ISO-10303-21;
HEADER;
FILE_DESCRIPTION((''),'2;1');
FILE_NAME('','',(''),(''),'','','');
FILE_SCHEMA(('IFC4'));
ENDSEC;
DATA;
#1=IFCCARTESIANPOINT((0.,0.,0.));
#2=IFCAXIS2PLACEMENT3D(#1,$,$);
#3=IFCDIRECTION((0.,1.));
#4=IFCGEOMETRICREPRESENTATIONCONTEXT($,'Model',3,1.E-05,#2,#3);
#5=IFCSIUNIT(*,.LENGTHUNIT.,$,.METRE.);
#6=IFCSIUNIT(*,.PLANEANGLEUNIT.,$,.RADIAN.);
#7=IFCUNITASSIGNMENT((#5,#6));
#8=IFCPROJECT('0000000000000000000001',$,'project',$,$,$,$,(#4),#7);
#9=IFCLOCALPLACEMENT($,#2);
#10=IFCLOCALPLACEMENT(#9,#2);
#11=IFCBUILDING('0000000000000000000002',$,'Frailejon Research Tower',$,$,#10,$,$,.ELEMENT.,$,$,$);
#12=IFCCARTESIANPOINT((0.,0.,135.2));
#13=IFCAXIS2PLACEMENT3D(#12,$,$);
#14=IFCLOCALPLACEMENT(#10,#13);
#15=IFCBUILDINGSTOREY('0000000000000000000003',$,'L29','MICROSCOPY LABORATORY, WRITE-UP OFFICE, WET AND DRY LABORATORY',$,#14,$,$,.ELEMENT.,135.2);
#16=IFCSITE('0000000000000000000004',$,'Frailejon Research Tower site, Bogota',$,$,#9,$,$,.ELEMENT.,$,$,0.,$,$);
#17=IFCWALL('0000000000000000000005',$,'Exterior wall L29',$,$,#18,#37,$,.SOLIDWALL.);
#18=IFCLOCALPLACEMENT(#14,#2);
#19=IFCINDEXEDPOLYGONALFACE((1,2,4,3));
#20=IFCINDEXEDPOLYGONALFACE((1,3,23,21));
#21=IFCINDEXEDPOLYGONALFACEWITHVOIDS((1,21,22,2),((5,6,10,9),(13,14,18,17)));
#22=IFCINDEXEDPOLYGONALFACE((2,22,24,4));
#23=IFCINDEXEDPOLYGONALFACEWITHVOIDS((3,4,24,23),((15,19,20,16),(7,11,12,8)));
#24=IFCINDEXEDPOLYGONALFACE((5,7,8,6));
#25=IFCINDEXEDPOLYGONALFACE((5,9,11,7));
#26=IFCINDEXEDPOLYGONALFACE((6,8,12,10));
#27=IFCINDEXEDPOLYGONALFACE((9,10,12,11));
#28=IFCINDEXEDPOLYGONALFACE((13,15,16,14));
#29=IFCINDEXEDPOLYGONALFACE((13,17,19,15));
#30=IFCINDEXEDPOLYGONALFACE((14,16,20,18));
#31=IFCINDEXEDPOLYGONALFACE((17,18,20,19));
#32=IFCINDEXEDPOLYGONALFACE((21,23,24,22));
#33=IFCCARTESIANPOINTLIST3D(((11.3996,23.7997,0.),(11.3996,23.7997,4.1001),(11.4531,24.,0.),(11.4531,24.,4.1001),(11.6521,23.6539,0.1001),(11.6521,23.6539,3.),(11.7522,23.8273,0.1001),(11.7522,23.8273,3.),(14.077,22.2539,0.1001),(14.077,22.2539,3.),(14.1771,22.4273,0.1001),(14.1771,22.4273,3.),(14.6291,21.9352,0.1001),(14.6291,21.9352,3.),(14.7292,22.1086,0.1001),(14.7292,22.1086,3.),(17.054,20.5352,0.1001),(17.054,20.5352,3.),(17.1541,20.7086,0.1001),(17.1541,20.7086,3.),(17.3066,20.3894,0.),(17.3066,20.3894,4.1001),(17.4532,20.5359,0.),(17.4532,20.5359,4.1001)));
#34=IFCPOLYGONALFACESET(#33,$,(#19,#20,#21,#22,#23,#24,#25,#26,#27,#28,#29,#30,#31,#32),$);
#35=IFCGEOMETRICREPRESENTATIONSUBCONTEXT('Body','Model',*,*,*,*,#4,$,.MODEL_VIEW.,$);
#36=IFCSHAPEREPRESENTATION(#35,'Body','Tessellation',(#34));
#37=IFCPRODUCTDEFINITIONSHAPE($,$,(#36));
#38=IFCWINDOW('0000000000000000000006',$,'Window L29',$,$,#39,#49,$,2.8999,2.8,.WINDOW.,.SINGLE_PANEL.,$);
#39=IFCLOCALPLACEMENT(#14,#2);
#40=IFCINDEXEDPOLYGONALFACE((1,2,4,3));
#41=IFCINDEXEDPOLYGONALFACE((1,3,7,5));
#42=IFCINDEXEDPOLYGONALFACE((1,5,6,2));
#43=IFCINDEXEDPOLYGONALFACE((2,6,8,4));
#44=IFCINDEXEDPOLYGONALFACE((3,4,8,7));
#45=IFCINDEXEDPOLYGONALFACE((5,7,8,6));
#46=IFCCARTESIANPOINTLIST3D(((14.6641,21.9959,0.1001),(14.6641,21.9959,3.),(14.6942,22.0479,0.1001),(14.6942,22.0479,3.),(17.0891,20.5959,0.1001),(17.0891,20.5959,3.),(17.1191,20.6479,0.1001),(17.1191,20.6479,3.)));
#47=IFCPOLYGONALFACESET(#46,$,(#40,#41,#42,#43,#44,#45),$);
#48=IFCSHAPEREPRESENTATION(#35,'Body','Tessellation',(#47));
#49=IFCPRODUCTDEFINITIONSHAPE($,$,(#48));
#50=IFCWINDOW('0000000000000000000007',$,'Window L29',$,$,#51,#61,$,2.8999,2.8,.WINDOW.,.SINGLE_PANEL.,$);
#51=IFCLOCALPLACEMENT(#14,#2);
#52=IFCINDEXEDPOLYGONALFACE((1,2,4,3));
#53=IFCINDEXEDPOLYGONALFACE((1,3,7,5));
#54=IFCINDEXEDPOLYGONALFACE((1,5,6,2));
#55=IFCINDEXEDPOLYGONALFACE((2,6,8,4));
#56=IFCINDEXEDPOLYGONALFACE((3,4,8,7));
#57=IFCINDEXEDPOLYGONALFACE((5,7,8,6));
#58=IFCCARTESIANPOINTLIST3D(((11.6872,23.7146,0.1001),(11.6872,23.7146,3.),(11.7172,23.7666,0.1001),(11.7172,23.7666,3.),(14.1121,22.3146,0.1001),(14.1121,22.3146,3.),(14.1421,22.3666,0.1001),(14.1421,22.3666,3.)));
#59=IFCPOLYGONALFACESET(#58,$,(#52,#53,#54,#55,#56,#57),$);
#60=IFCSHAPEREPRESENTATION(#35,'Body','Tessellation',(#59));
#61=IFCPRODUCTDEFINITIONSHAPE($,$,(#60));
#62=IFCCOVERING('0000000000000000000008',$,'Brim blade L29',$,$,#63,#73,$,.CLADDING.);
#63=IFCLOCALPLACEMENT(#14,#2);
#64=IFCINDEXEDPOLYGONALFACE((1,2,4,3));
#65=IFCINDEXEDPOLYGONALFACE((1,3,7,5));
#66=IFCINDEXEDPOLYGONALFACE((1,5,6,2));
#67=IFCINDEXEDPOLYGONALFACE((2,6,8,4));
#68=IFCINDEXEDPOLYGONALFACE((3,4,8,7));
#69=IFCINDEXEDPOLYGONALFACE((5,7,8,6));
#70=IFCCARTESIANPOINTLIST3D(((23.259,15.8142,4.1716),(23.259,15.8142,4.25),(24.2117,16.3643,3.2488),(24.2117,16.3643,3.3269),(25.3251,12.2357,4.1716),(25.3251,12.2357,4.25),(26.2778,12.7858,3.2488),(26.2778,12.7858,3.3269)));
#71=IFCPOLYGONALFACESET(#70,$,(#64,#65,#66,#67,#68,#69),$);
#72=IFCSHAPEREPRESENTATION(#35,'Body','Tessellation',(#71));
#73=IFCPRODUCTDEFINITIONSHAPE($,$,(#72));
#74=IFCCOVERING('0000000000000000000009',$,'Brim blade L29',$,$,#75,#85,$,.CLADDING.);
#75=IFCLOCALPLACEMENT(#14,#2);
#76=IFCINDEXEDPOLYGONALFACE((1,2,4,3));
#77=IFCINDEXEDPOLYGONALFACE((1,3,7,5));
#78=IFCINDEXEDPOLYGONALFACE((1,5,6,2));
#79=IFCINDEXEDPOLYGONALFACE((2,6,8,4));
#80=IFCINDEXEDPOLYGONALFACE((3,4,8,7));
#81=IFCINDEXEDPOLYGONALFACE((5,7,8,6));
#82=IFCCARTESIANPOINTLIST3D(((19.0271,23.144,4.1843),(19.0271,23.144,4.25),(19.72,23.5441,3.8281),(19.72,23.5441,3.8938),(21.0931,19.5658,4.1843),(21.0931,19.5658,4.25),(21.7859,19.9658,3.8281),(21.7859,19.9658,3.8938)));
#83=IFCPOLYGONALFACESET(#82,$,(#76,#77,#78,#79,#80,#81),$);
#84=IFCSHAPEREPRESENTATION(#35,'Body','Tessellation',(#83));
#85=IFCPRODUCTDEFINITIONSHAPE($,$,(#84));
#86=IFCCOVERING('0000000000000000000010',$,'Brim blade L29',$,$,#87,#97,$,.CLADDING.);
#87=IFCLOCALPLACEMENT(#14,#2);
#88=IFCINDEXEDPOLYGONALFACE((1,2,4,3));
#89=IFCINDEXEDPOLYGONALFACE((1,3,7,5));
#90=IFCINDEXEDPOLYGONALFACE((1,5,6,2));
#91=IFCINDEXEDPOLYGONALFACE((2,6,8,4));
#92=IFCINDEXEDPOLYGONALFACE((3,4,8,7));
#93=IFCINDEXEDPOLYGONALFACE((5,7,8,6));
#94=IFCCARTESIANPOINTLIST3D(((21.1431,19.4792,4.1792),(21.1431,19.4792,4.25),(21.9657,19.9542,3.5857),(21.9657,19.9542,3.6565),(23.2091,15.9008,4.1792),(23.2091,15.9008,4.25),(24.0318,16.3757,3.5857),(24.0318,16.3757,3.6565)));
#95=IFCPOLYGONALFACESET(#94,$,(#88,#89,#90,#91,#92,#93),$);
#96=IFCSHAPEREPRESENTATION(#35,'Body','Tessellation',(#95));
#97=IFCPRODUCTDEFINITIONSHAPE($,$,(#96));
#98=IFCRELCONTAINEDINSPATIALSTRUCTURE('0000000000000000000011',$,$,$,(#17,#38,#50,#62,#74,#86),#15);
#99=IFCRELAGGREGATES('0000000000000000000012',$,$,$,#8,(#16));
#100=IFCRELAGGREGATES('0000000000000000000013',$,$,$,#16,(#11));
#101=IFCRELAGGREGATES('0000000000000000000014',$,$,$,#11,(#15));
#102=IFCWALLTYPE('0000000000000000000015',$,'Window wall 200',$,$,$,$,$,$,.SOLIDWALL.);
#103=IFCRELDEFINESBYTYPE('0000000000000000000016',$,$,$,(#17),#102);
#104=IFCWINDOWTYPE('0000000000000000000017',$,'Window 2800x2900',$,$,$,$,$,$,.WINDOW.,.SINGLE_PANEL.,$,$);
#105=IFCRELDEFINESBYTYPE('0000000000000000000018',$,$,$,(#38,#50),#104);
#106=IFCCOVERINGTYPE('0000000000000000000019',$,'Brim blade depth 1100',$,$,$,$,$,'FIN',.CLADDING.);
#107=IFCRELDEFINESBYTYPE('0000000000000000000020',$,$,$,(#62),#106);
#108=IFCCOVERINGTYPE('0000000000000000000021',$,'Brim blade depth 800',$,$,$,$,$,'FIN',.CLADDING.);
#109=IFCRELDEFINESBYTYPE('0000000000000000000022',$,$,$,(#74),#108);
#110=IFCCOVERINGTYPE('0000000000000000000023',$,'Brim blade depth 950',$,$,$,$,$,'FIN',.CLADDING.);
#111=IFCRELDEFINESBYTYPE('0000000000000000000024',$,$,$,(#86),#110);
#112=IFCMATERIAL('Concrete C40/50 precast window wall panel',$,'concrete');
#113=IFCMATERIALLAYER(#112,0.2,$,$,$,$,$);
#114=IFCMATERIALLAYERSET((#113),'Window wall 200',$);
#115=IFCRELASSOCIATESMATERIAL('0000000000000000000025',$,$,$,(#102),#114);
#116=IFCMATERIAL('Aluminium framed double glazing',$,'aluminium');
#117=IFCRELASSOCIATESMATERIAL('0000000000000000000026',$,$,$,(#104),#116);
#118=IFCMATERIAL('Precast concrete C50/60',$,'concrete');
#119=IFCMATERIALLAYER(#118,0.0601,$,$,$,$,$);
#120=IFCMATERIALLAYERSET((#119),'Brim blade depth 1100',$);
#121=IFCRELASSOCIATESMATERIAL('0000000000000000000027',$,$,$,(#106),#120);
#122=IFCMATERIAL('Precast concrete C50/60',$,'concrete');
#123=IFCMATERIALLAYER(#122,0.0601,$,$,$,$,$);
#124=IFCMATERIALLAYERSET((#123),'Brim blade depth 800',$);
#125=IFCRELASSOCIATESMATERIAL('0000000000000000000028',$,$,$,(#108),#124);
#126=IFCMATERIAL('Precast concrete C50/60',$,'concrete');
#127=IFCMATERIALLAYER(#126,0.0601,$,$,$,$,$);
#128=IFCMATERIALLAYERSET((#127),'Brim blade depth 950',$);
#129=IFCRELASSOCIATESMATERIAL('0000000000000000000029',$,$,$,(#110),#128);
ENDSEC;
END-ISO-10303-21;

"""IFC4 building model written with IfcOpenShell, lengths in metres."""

from ifc_helpers import new_model, si_unit, direction, frame, frame_2d, origin, place, context, subcontext, project, spatial, polyline, rectangle, outline, extrude, material, layer, layer_set, type_object, element, fill, save


model = new_model("IFC4")

# Units and contexts
model_context = context("Model", 3, precision=1e-05, world=origin(), true_north=direction((0.0, 1.0)))
body_context = subcontext(model_context, "Body", "Model", "MODEL_VIEW")
ifc_project = project(units=[si_unit("LENGTHUNIT", "METRE"), si_unit("PLANEANGLEUNIT", "RADIAN")], contexts=[model_context])

# Site, building, storey
site_placement = place(None, origin())
site = spatial("IfcSite", under=ifc_project, at=site_placement, Name="Frailejon Research Tower site, Bogota", CompositionType="ELEMENT", RefElevation=0.0)
building_placement = place(site_placement, origin())
building = spatial("IfcBuilding", under=site, at=building_placement, Name="Frailejon Research Tower", CompositionType="ELEMENT")
storey_placement = place(building_placement, frame((0.0, 0.0, 135.2)))
storey = spatial("IfcBuildingStorey", under=building, at=storey_placement, Name="L29", Description="MICROSCOPY LABORATORY, WRITE-UP OFFICE, WET AND DRY LABORATORY", CompositionType="ELEMENT", Elevation=135.2)

# Wall, openings, windows
ifc_material_1 = material(Name="Concrete C40/50 precast window wall panel", Category="concrete")
ifc_layer_1 = layer(ifc_material_1, 0.2)
ifc_layer_set_1 = layer_set([ifc_layer_1], Name="Window wall 200")
wall_type = type_object("IfcWallType", Name="Window wall 200", PredefinedType="SOLIDWALL", material=ifc_layer_set_1)
wall_placement = place(storey_placement, frame((17.3799, 20.4626, 0.0), z_axis=(0.0, 0.0, 1.0), x_axis=(-0.866029, 0.499993, 0.0)))
wall = element("IfcWall", 1, at=wall_placement, inside=storey, type_object=wall_type, Name="Exterior wall L29", PredefinedType="SOLIDWALL", context=body_context, shape_type="SweptSolid", body=[
    extrude(outline(polyline([(-0.0269, -0.1001), (1.1279, -0.1001), (2.2825, -0.1001), (3.4373, -0.1001), (4.592, -0.1001), (5.7466, -0.1001), (6.9014, -0.1001), (6.8477, 0.1001), (5.7109, 0.1001), (4.574, 0.1001), (3.4373, 0.1001), (2.3005, 0.1001), (1.1636, 0.1001), (0.0269, 0.1001), (-0.0269, -0.1001)])), origin(), (0.0, 0.0, 1.0), 4.1001),
])
opening_1_placement = place(wall_placement, frame((0.3186, 0.0, 0.1001)))
opening_1 = element("IfcOpeningElement", 2, at=opening_1_placement, cuts=wall, PredefinedType="OPENING", context=body_context, shape_type="SweptSolid", body=[
    extrude(rectangle(XDim=2.8, YDim=2.8999, at=frame_2d((1.3999, 1.45))), frame((0.0, 0.1099, 0.0), z_axis=(0.0, -1.0, 0.0), x_axis=(1.0, 0.0, 0.0)), (0.0, 0.0, 1.0), 0.22),
])
opening_2_placement = place(wall_placement, frame((3.7561, 0.0, 0.1001)))
opening_2 = element("IfcOpeningElement", 3, at=opening_2_placement, cuts=wall, PredefinedType="OPENING", context=body_context, shape_type="SweptSolid", body=[
    extrude(rectangle(XDim=2.8, YDim=2.8999, at=frame_2d((1.3999, 1.45))), frame((0.0, 0.1099, 0.0), z_axis=(0.0, -1.0, 0.0), x_axis=(1.0, 0.0, 0.0)), (0.0, 0.0, 1.0), 0.22),
])
ifc_material_2 = material(Name="Aluminium framed double glazing", Category="aluminium")
window_type = type_object("IfcWindowType", Name="Window 2800x2900", PartitioningType="SINGLE_PANEL", PredefinedType="WINDOW", material=ifc_material_2)
window_1_placement = place(opening_1_placement, origin())
window_1 = element("IfcWindow", 4, at=window_1_placement, inside=storey, type_object=window_type, Name="Window L29", OverallHeight=2.8999, OverallWidth=2.8, PartitioningType="SINGLE_PANEL", PredefinedType="WINDOW", context=body_context, shape_type="SweptSolid", body=[
    extrude(rectangle(XDim=2.8, YDim=2.8999, at=frame_2d((1.3999, 1.45))), frame((0.0, 0.03, 0.0), z_axis=(0.0, -1.0, 0.0), x_axis=(1.0, 0.0, 0.0)), (0.0, 0.0, 1.0), 0.0601),
])
fill(opening_1, window_1)
window_2_placement = place(opening_2_placement, origin())
window_2 = element("IfcWindow", 5, at=window_2_placement, inside=storey, type_object=window_type, Name="Window L29", OverallHeight=2.8999, OverallWidth=2.8, PartitioningType="SINGLE_PANEL", PredefinedType="WINDOW", context=body_context, shape_type="SweptSolid", body=[
    extrude(rectangle(XDim=2.8, YDim=2.8999, at=frame_2d((1.3999, 1.45))), frame((0.0, 0.03, 0.0), z_axis=(0.0, -1.0, 0.0), x_axis=(1.0, 0.0, 0.0)), (0.0, 0.0, 1.0), 0.0601),
])
fill(opening_2, window_2)

# Coverings
ifc_material_3 = material(Name="Precast concrete C50/60", Category="concrete")
ifc_layer_2 = layer(ifc_material_3, 0.0601)
ifc_layer_set_2 = layer_set([ifc_layer_2], Name="Brim blade depth 1100")
covering_type_1 = type_object("IfcCoveringType", Name="Brim blade depth 1100", ElementType="FIN", PredefinedType="CLADDING", material=ifc_layer_set_2)
covering_1_placement = place(storey_placement, frame((23.259, 15.8142, 4.25), z_axis=(0.500002, -0.866024, 0.0), x_axis=(0.866024, 0.500002, 0.0)))
element("IfcCovering", 6, at=covering_1_placement, inside=storey, type_object=covering_type_1, Name="Brim blade L29", PredefinedType="CLADDING", context=body_context, shape_type="SweptSolid", body=[
    extrude(outline(polyline([(0.0, -0.0784), (1.1001, -1.0012), (1.1001, -0.9231), (0.0, 0.0), (0.0, -0.0784)])), origin(), (0.0, 0.0, 1.0), 4.1321),
])
ifc_material_4 = material(Name="Precast concrete C50/60", Category="concrete")
ifc_layer_3 = layer(ifc_material_4, 0.0601)
ifc_layer_set_3 = layer_set([ifc_layer_3], Name="Brim blade depth 800")
covering_type_2 = type_object("IfcCoveringType", Name="Brim blade depth 800", ElementType="FIN", PredefinedType="CLADDING", material=ifc_layer_set_3)
covering_2_placement = place(storey_placement, frame((19.0271, 23.144, 4.25), z_axis=(0.500012, -0.866018, 0.0), x_axis=(0.866018, 0.500012, 0.0)))
element("IfcCovering", 7, at=covering_2_placement, inside=storey, type_object=covering_type_2, Name="Brim blade L29", PredefinedType="CLADDING", context=body_context, shape_type="SweptSolid", body=[
    extrude(outline(polyline([(0.0, -0.0657), (0.8, -0.4219), (0.8, -0.3562), (0.0, 0.0), (0.0, -0.0657)])), origin(), (0.0, 0.0, 1.0), 4.1318),
])
ifc_material_5 = material(Name="Precast concrete C50/60", Category="concrete")
ifc_layer_4 = layer(ifc_material_5, 0.0601)
ifc_layer_set_4 = layer_set([ifc_layer_4], Name="Brim blade depth 950")
covering_type_3 = type_object("IfcCoveringType", Name="Brim blade depth 950", ElementType="FIN", PredefinedType="CLADDING", material=ifc_layer_set_4)
covering_3_placement = place(storey_placement, frame((21.1431, 19.4792, 4.25), z_axis=(0.500002, -0.866024, 0.0), x_axis=(0.866024, 0.500002, 0.0)))
element("IfcCovering", 8, at=covering_3_placement, inside=storey, type_object=covering_type_3, Name="Brim blade L29", PredefinedType="CLADDING", context=body_context, shape_type="SweptSolid", body=[
    extrude(outline(polyline([(0.0, -0.0708), (0.95, -0.6643), (0.95, -0.5935), (0.0, 0.0), (0.0, -0.0708)])), origin(), (0.0, 0.0, 1.0), 4.1321),
])

save(model, "model.ifc")
